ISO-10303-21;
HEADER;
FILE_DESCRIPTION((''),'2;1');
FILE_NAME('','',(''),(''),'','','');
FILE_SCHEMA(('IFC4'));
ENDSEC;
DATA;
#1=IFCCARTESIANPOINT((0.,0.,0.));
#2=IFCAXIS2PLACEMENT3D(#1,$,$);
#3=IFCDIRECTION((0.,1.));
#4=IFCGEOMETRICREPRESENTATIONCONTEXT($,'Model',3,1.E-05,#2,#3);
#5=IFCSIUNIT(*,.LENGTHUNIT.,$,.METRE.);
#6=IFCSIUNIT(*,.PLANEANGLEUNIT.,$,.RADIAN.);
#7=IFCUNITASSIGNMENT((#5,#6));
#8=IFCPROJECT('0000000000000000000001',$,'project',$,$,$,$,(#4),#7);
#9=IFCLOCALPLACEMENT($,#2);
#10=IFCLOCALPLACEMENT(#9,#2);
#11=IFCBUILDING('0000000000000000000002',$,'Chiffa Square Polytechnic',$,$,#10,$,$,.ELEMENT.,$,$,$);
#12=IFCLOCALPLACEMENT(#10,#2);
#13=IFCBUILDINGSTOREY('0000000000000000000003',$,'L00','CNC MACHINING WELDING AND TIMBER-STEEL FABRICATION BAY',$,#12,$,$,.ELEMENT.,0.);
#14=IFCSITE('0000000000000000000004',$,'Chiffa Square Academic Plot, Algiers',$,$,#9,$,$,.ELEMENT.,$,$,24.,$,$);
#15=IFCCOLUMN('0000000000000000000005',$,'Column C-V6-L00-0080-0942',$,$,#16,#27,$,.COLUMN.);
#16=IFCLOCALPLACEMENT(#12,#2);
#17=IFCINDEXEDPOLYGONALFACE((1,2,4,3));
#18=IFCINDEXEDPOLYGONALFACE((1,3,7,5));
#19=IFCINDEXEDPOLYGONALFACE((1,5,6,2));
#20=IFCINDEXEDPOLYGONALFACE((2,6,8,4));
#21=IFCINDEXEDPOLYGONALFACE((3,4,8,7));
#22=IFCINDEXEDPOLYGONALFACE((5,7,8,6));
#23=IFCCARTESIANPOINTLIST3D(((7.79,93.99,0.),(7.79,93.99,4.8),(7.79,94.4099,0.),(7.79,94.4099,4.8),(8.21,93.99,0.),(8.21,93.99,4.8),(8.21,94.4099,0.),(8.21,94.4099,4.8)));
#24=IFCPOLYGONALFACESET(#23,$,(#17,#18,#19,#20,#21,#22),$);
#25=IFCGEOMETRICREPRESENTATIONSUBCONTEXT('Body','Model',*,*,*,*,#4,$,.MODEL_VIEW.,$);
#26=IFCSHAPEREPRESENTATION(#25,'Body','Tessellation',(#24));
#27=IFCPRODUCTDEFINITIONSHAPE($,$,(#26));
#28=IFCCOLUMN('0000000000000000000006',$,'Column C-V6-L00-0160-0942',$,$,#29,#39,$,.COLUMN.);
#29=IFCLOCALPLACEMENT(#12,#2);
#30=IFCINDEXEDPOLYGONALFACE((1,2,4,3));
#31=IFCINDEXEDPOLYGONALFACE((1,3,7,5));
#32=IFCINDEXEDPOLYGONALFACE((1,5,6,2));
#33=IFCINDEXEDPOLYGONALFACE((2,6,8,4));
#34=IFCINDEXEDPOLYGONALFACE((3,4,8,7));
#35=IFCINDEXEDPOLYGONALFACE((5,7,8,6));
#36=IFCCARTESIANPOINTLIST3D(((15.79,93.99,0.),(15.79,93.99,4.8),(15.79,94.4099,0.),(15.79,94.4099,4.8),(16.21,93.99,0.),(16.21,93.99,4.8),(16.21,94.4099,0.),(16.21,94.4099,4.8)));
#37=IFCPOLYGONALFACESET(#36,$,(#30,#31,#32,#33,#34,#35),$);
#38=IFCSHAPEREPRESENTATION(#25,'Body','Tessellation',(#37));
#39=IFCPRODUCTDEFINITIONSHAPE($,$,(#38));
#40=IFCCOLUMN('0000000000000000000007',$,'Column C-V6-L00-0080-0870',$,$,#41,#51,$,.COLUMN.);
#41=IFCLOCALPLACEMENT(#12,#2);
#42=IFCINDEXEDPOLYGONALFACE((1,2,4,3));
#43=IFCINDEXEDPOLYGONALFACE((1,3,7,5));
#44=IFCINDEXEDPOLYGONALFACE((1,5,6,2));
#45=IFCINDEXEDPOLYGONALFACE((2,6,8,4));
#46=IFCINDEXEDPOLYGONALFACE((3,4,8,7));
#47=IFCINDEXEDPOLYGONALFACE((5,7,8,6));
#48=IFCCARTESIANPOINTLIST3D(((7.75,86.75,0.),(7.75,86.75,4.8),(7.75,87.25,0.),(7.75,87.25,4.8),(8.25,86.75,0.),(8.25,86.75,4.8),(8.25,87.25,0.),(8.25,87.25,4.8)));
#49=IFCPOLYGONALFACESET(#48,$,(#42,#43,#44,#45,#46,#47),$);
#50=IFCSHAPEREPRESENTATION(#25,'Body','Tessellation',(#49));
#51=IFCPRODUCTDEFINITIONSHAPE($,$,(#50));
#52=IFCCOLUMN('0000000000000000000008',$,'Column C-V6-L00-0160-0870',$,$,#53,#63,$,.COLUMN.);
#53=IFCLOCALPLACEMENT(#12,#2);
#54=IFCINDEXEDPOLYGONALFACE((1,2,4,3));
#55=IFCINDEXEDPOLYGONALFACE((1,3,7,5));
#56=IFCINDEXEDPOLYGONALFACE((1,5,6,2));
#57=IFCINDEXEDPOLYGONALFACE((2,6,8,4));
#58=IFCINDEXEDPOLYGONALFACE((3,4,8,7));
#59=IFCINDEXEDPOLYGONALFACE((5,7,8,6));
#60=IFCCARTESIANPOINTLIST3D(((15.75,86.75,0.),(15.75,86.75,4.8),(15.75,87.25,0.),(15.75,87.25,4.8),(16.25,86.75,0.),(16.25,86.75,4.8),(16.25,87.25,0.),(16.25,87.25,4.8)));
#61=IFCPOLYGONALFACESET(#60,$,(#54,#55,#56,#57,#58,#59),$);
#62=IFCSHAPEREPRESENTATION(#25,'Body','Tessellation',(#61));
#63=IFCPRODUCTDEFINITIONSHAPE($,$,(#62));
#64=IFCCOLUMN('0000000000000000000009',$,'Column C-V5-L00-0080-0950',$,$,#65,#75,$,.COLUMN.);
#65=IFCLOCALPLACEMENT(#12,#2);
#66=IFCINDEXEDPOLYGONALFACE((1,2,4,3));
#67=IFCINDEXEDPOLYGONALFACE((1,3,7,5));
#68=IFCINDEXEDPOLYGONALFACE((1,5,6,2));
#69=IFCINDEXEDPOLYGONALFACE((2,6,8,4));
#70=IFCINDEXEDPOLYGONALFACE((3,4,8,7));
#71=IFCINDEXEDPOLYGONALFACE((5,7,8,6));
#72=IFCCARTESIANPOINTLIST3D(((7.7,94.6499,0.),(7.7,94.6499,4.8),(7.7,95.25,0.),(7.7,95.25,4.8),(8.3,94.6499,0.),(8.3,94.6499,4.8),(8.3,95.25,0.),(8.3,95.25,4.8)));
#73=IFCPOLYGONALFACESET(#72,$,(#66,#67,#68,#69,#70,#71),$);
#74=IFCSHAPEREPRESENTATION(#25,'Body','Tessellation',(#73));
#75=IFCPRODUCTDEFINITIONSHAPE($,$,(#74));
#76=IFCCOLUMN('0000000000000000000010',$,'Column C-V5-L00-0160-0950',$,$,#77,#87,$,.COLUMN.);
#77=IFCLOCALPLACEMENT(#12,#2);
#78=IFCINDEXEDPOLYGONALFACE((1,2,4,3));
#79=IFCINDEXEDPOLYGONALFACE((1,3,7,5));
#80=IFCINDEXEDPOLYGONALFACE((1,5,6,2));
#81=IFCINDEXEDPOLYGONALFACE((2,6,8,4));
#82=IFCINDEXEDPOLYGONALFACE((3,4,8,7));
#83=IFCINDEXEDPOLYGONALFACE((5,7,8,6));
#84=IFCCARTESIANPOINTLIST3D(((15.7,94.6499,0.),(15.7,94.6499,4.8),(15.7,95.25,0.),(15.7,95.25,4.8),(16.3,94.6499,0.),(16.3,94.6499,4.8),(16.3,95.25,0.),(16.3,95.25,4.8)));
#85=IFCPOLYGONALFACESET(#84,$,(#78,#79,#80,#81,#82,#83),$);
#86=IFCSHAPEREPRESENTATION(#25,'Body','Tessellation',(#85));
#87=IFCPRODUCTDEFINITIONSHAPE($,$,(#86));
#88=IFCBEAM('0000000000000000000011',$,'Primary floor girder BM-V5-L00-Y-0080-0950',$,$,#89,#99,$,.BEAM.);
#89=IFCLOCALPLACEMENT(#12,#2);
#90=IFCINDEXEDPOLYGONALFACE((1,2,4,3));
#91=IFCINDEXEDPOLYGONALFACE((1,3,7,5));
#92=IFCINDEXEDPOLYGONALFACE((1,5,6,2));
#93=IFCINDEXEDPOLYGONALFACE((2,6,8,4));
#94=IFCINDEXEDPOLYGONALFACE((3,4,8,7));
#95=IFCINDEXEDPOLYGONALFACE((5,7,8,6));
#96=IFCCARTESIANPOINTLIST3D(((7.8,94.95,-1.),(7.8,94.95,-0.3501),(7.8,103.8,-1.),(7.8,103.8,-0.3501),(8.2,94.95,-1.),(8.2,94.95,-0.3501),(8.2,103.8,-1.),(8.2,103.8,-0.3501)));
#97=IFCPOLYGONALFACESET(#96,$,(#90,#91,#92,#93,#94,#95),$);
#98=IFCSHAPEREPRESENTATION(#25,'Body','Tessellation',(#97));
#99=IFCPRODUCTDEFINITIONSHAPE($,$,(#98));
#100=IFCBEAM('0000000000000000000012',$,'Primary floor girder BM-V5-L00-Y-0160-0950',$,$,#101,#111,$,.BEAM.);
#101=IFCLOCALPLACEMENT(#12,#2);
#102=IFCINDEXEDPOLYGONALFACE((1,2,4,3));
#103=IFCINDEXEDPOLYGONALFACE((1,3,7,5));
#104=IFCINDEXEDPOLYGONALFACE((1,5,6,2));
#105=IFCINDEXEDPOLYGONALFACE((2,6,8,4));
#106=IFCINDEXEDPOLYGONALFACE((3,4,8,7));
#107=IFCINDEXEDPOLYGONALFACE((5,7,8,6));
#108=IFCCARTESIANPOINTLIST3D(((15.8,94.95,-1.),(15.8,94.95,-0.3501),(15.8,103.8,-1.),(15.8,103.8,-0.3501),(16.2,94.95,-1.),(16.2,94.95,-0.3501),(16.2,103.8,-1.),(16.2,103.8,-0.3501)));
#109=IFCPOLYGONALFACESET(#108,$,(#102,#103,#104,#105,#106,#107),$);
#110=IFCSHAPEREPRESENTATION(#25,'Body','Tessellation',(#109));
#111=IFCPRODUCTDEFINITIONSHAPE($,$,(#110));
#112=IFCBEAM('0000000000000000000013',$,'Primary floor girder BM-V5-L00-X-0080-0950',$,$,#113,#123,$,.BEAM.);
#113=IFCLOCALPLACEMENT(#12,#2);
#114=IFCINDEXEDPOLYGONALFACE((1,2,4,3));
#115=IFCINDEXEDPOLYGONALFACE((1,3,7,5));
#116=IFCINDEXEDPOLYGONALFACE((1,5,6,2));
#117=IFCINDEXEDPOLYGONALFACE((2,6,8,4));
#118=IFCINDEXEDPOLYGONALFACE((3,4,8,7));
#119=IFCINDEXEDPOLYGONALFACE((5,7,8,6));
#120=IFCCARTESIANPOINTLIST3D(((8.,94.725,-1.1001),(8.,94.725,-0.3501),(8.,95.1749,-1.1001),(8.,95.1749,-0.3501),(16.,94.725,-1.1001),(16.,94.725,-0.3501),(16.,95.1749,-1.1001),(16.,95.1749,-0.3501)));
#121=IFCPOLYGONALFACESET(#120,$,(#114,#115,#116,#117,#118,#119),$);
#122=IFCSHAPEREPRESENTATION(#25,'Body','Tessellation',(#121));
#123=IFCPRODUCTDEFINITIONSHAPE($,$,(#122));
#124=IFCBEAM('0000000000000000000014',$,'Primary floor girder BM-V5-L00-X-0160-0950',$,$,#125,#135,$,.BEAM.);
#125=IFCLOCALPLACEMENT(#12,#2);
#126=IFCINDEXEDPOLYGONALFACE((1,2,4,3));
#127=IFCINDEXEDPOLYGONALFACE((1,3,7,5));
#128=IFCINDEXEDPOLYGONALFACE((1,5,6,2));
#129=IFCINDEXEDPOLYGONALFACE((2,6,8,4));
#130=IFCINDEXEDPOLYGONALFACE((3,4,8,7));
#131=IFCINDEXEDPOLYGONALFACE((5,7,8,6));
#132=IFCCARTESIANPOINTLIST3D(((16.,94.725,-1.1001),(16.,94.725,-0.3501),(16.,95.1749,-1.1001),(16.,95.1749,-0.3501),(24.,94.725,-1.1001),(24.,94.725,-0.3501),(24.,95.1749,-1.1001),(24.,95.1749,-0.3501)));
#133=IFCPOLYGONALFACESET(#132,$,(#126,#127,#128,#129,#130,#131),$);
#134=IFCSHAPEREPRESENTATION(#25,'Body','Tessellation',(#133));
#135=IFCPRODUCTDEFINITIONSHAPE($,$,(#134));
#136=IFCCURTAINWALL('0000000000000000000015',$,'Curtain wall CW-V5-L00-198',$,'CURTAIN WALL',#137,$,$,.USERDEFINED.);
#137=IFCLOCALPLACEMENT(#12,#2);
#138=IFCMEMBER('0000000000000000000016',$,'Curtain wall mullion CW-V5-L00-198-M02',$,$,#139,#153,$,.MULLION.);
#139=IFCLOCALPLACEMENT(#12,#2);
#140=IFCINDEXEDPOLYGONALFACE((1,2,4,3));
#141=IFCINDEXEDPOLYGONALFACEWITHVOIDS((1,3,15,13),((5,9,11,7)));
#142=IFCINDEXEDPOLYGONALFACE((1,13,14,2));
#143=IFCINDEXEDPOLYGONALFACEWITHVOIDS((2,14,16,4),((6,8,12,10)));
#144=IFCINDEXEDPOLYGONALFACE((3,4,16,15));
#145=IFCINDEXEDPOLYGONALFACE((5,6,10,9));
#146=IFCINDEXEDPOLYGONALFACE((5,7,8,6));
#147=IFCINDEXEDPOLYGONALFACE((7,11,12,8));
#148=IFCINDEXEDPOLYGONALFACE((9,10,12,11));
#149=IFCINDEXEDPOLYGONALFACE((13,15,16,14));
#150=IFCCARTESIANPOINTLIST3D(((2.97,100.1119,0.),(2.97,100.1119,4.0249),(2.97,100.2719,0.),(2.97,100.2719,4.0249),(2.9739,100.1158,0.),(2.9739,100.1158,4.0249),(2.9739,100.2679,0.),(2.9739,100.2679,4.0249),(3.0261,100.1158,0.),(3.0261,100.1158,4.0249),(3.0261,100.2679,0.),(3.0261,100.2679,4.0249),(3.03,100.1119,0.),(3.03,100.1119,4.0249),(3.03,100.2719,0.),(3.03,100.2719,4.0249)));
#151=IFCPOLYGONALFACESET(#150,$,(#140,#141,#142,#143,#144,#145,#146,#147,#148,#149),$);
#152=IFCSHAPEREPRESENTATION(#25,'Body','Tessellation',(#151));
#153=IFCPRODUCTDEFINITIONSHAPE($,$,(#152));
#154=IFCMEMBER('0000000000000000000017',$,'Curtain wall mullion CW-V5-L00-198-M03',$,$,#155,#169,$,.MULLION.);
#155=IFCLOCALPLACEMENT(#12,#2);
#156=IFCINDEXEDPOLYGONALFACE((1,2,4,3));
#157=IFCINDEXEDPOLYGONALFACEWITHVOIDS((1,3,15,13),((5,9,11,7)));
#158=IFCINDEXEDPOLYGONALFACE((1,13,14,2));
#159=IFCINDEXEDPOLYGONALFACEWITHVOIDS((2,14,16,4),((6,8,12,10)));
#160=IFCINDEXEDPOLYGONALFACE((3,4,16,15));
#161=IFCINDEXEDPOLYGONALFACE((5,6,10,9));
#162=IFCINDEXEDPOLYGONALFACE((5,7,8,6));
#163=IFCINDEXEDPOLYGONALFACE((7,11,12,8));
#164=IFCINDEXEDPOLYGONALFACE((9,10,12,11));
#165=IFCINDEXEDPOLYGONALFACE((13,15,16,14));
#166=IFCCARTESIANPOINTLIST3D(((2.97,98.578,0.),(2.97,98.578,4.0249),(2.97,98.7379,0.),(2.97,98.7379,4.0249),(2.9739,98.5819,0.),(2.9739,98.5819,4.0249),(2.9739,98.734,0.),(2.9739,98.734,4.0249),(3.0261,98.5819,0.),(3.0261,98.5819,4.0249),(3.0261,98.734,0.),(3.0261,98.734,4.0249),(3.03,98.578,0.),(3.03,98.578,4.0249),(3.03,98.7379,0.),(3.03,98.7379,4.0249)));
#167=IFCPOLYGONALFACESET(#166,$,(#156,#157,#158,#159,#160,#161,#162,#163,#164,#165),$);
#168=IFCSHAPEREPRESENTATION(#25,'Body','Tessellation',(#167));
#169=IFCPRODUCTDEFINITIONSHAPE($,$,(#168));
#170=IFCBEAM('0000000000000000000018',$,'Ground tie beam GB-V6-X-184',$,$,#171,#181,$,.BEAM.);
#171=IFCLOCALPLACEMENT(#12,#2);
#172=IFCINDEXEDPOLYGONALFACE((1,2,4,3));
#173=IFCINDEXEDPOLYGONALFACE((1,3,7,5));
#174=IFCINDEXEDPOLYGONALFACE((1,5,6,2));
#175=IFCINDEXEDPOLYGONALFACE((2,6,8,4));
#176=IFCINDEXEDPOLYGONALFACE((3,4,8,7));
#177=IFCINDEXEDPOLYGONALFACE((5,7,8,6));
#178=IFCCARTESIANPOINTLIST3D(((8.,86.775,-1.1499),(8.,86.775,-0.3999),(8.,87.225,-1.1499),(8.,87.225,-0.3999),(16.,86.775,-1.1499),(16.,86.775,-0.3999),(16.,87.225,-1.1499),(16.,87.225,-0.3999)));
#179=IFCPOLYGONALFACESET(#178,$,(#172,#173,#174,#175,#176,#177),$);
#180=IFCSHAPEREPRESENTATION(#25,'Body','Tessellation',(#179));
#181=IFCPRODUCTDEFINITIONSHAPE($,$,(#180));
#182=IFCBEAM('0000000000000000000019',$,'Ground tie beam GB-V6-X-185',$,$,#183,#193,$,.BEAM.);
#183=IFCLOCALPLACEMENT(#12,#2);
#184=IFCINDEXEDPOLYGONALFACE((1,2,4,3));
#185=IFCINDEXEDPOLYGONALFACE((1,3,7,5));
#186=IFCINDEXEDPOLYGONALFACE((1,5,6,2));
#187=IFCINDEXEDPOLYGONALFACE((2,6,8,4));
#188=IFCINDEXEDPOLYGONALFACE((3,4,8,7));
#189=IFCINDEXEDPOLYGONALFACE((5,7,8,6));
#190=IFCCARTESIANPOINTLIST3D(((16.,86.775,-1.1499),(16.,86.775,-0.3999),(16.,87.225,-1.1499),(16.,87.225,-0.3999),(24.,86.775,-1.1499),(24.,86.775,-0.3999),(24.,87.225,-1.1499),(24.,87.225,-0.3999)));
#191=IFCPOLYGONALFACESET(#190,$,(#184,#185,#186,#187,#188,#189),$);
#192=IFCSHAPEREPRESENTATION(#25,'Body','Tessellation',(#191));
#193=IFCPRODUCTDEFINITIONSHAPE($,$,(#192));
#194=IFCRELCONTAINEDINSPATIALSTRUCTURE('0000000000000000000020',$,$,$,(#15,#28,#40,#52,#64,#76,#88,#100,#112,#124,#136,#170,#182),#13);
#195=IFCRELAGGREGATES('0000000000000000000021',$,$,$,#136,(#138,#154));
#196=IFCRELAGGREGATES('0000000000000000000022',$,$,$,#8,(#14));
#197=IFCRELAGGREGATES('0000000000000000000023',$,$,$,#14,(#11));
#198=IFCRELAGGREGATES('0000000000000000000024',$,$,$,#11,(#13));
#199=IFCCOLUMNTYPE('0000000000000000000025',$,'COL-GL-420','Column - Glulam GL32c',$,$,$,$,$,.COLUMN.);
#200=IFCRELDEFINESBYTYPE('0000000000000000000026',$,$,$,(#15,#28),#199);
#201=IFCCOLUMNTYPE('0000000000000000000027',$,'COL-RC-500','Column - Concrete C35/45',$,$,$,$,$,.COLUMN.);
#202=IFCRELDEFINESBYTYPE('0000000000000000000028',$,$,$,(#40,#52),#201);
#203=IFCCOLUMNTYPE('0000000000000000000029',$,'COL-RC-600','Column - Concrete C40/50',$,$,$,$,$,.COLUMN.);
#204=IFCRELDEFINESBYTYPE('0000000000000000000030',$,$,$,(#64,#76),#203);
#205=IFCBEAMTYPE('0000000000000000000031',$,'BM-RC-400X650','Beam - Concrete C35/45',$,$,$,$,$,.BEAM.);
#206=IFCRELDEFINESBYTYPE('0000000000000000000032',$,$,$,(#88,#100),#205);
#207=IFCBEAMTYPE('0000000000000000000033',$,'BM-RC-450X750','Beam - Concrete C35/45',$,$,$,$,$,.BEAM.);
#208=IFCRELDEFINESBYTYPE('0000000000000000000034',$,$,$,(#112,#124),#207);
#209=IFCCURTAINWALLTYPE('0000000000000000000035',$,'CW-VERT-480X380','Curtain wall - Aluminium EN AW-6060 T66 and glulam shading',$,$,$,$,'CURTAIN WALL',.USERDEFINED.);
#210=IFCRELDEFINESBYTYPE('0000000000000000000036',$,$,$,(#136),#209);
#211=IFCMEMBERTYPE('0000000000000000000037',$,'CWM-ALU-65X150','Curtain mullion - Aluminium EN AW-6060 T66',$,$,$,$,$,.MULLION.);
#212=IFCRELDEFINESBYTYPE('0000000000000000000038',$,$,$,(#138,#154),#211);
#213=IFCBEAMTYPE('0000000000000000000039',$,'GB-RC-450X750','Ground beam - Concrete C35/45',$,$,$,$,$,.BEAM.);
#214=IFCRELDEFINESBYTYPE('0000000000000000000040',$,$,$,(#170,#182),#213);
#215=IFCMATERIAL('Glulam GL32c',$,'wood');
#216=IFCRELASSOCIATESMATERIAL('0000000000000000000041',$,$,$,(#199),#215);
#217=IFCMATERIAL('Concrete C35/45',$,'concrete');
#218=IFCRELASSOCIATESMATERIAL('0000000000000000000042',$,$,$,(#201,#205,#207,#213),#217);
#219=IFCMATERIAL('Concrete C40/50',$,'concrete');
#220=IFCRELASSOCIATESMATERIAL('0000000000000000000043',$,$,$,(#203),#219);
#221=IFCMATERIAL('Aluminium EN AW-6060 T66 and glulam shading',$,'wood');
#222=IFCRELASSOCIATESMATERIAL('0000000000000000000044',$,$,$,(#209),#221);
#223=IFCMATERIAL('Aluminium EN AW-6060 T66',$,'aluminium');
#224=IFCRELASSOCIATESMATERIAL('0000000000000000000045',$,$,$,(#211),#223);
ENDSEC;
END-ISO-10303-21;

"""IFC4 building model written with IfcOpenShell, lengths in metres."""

from ifc_helpers import new_model, si_unit, direction, frame, origin, origin_2d, place, context, subcontext, project, spatial, rectangle, hollow_rectangle, extrude, material, material_profile, profile_set, type_object, element, aggregate, save


model = new_model("IFC4")

# Units and contexts
model_context = context("Model", 3, precision=1e-05, world=origin(), true_north=direction((0.0, 1.0)))
body_context = subcontext(model_context, "Body", "Model", "MODEL_VIEW")
ifc_project = project(units=[si_unit("LENGTHUNIT", "METRE"), si_unit("PLANEANGLEUNIT", "RADIAN")], contexts=[model_context])

# Site, building, storey
site_placement = place(None, origin())
site = spatial("IfcSite", under=ifc_project, at=site_placement, Name="Chiffa Square Academic Plot, Algiers", CompositionType="ELEMENT", RefElevation=24.0)
building_placement = place(site_placement, origin())
building = spatial("IfcBuilding", under=site, at=building_placement, Name="Chiffa Square Polytechnic", CompositionType="ELEMENT")
storey_placement = place(building_placement, origin())
storey = spatial("IfcBuildingStorey", under=building, at=storey_placement, Name="L00", Description="CNC MACHINING WELDING AND TIMBER-STEEL FABRICATION BAY", CompositionType="ELEMENT", Elevation=0.0)

# Columns
ifc_material_1 = material(Name="Glulam GL32c", Category="wood")
ifc_material_profile_1 = material_profile(ifc_material_1, rectangle(XDim=0.4199, YDim=0.4199, at=origin_2d()), Name="GL32c 420x420")
ifc_profile_set_1 = profile_set([ifc_material_profile_1], Name="Glulam GL32c")
column_type_1 = type_object("IfcColumnType", Name="COL-GL-420", Description="Column - Glulam GL32c", PredefinedType="COLUMN", material=ifc_profile_set_1)
for number, where, z_axis, x_axis, name in (
    (1, (8.0, 94.2, 0.0), (0.0, 0.0, 1.0), (1.0, 0.0, 0.0), "Column C-V6-L00-0080-0942"),
    (2, (16.0, 94.2, 0.0), (0.0, 0.0, 1.0), (1.0, 0.0, 0.0), "Column C-V6-L00-0160-0942"),
):
    element("IfcColumn", number, at=place(storey_placement, frame(where, z_axis=z_axis, x_axis=x_axis)), inside=storey, type_object=column_type_1, Name=name, PredefinedType="COLUMN", context=body_context, shape_type="SweptSolid", body=[
        extrude(rectangle(XDim=0.4199, YDim=0.4199, at=origin_2d()), origin(), (0.0, 0.0, 1.0), 4.8),
    ])
ifc_material_2 = material(Name="Concrete C35/45", Category="concrete")
ifc_material_profile_2 = material_profile(ifc_material_2, rectangle(XDim=0.5, YDim=0.5, at=origin_2d()), Name="RC 500x500")
ifc_profile_set_2 = profile_set([ifc_material_profile_2], Name="Concrete C35/45")
column_type_2 = type_object("IfcColumnType", Name="COL-RC-500", Description="Column - Concrete C35/45", PredefinedType="COLUMN", material=ifc_profile_set_2)
for number, where, z_axis, x_axis, name in (
    (3, (8.0, 87.0, 0.0), (0.0, 0.0, 1.0), (1.0, 0.0, 0.0), "Column C-V6-L00-0080-0870"),
    (4, (16.0, 87.0, 0.0), (0.0, 0.0, 1.0), (1.0, 0.0, 0.0), "Column C-V6-L00-0160-0870"),
):
    element("IfcColumn", number, at=place(storey_placement, frame(where, z_axis=z_axis, x_axis=x_axis)), inside=storey, type_object=column_type_2, Name=name, PredefinedType="COLUMN", context=body_context, shape_type="SweptSolid", body=[
        extrude(rectangle(XDim=0.5, YDim=0.5, at=origin_2d()), origin(), (0.0, 0.0, 1.0), 4.8),
    ])
ifc_material_3 = material(Name="Concrete C40/50", Category="concrete")
ifc_material_profile_3 = material_profile(ifc_material_3, rectangle(XDim=0.6001, YDim=0.6001, at=origin_2d()), Name="RC 600x600")
ifc_profile_set_3 = profile_set([ifc_material_profile_3], Name="Concrete C40/50")
column_type_3 = type_object("IfcColumnType", Name="COL-RC-600", Description="Column - Concrete C40/50", PredefinedType="COLUMN", material=ifc_profile_set_3)
for number, where, z_axis, x_axis, name in (
    (5, (8.0, 94.95, 0.0), (0.0, 0.0, 1.0), (1.0, 0.0, 0.0), "Column C-V5-L00-0080-0950"),
    (6, (16.0, 94.95, 0.0), (0.0, 0.0, 1.0), (1.0, 0.0, 0.0), "Column C-V5-L00-0160-0950"),
):
    element("IfcColumn", number, at=place(storey_placement, frame(where, z_axis=z_axis, x_axis=x_axis)), inside=storey, type_object=column_type_3, Name=name, PredefinedType="COLUMN", context=body_context, shape_type="SweptSolid", body=[
        extrude(rectangle(XDim=0.6001, YDim=0.6001, at=origin_2d()), origin(), (0.0, 0.0, 1.0), 4.8),
    ])

# Beams
ifc_material_profile_4 = material_profile(ifc_material_2, rectangle(XDim=0.3999, YDim=0.6499, at=origin_2d()), Name="RC 400x650")
ifc_profile_set_4 = profile_set([ifc_material_profile_4], Name="Concrete C35/45")
beam_type_1 = type_object("IfcBeamType", Name="BM-RC-400X650", Description="Beam - Concrete C35/45", PredefinedType="BEAM", material=ifc_profile_set_4)
for number, where, z_axis, x_axis, name in (
    (7, (8.0, 94.95, -0.675), (0.0, 1.0, 0.0), (-1.0, 0.0, 0.0), "Primary floor girder BM-V5-L00-Y-0080-0950"),
    (8, (16.0, 94.95, -0.675), (0.0, 1.0, 0.0), (-1.0, 0.0, 0.0), "Primary floor girder BM-V5-L00-Y-0160-0950"),
):
    element("IfcBeam", number, at=place(storey_placement, frame(where, z_axis=z_axis, x_axis=x_axis)), inside=storey, type_object=beam_type_1, Name=name, PredefinedType="BEAM", context=body_context, shape_type="SweptSolid", body=[
        extrude(rectangle(XDim=0.3999, YDim=0.6499, at=origin_2d()), origin(), (0.0, 0.0, 1.0), 8.8501),
    ])
ifc_material_profile_5 = material_profile(ifc_material_2, rectangle(XDim=0.45, YDim=0.75, at=origin_2d()), Name="RC 450x750")
ifc_profile_set_5 = profile_set([ifc_material_profile_5], Name="Concrete C35/45")
beam_type_2 = type_object("IfcBeamType", Name="BM-RC-450X750", Description="Beam - Concrete C35/45", PredefinedType="BEAM", material=ifc_profile_set_5)
for number, where, z_axis, x_axis, name in (
    (9, (8.0, 94.95, -0.7251), (1.0, 0.0, 0.0), (0.0, 1.0, 0.0), "Primary floor girder BM-V5-L00-X-0080-0950"),
    (10, (16.0, 94.95, -0.7251), (1.0, 0.0, 0.0), (0.0, 1.0, 0.0), "Primary floor girder BM-V5-L00-X-0160-0950"),
):
    element("IfcBeam", number, at=place(storey_placement, frame(where, z_axis=z_axis, x_axis=x_axis)), inside=storey, type_object=beam_type_2, Name=name, PredefinedType="BEAM", context=body_context, shape_type="SweptSolid", body=[
        extrude(rectangle(XDim=0.45, YDim=0.75, at=origin_2d()), origin(), (0.0, 0.0, 1.0), 8.0),
    ])

# Curtain wall, members
ifc_material_4 = material(Name="Aluminium EN AW-6060 T66 and glulam shading", Category="wood")
curtain_wall_type = type_object("IfcCurtainWallType", Name="CW-VERT-480X380", Description="Curtain wall - Aluminium EN AW-6060 T66 and glulam shading", ElementType="CURTAIN WALL", PredefinedType="USERDEFINED", material=ifc_material_4)
curtain_wall_placement = place(storey_placement, origin())
curtain_wall = element("IfcCurtainWall", 11, at=curtain_wall_placement, inside=storey, type_object=curtain_wall_type, Name="Curtain wall CW-V5-L00-198", ObjectType="CURTAIN WALL", PredefinedType="USERDEFINED")
ifc_material_5 = material(Name="Aluminium EN AW-6060 T66", Category="aluminium")
ifc_material_profile_6 = material_profile(ifc_material_5, hollow_rectangle(XDim=0.0601, YDim=0.1599, WallThickness=0.0039, at=origin_2d()), Name="ALU 60x160x4")
ifc_profile_set_6 = profile_set([ifc_material_profile_6], Name="Aluminium EN AW-6060 T66")
member_type = type_object("IfcMemberType", Name="CWM-ALU-65X150", Description="Curtain mullion - Aluminium EN AW-6060 T66", PredefinedType="MULLION", material=ifc_profile_set_6)
member_1_placement = place(storey_placement, frame((3.0, 100.1919, 0.0), z_axis=(0.0, 0.0, 1.0), x_axis=(1.0, 0.0, 0.0)))
member_1 = element("IfcMember", 12, at=member_1_placement, type_object=member_type, Name="Curtain wall mullion CW-V5-L00-198-M02", PredefinedType="MULLION", context=body_context, shape_type="SweptSolid", body=[
    extrude(hollow_rectangle(XDim=0.0601, YDim=0.1599, WallThickness=0.0039, at=origin_2d()), origin(), (0.0, 0.0, 1.0), 4.0249),
])
member_2_placement = place(storey_placement, frame((3.0, 98.658, 0.0), z_axis=(0.0, 0.0, 1.0), x_axis=(1.0, 0.0, 0.0)))
member_2 = element("IfcMember", 13, at=member_2_placement, type_object=member_type, Name="Curtain wall mullion CW-V5-L00-198-M03", PredefinedType="MULLION", context=body_context, shape_type="SweptSolid", body=[
    extrude(hollow_rectangle(XDim=0.0601, YDim=0.1599, WallThickness=0.0039, at=origin_2d()), origin(), (0.0, 0.0, 1.0), 4.0249),
])

# Beams
ifc_material_profile_7 = material_profile(ifc_material_2, rectangle(XDim=0.45, YDim=0.75, at=origin_2d()), Name="RC 450x750")
ifc_profile_set_7 = profile_set([ifc_material_profile_7], Name="Concrete C35/45")
beam_type_3 = type_object("IfcBeamType", Name="GB-RC-450X750", Description="Ground beam - Concrete C35/45", PredefinedType="BEAM", material=ifc_profile_set_7)
for number, where, z_axis, x_axis, name in (
    (14, (8.0, 87.0, -0.7749), (1.0, 0.0, 0.0), (0.0, 1.0, 0.0), "Ground tie beam GB-V6-X-184"),
    (15, (16.0, 87.0, -0.7749), (1.0, 0.0, 0.0), (0.0, 1.0, 0.0), "Ground tie beam GB-V6-X-185"),
):
    element("IfcBeam", number, at=place(storey_placement, frame(where, z_axis=z_axis, x_axis=x_axis)), inside=storey, type_object=beam_type_3, Name=name, PredefinedType="BEAM", context=body_context, shape_type="SweptSolid", body=[
        extrude(rectangle(XDim=0.45, YDim=0.75, at=origin_2d()), origin(), (0.0, 0.0, 1.0), 8.0),
    ])

aggregate(curtain_wall, [member_1, member_2])

save(model, "model.ifc")
